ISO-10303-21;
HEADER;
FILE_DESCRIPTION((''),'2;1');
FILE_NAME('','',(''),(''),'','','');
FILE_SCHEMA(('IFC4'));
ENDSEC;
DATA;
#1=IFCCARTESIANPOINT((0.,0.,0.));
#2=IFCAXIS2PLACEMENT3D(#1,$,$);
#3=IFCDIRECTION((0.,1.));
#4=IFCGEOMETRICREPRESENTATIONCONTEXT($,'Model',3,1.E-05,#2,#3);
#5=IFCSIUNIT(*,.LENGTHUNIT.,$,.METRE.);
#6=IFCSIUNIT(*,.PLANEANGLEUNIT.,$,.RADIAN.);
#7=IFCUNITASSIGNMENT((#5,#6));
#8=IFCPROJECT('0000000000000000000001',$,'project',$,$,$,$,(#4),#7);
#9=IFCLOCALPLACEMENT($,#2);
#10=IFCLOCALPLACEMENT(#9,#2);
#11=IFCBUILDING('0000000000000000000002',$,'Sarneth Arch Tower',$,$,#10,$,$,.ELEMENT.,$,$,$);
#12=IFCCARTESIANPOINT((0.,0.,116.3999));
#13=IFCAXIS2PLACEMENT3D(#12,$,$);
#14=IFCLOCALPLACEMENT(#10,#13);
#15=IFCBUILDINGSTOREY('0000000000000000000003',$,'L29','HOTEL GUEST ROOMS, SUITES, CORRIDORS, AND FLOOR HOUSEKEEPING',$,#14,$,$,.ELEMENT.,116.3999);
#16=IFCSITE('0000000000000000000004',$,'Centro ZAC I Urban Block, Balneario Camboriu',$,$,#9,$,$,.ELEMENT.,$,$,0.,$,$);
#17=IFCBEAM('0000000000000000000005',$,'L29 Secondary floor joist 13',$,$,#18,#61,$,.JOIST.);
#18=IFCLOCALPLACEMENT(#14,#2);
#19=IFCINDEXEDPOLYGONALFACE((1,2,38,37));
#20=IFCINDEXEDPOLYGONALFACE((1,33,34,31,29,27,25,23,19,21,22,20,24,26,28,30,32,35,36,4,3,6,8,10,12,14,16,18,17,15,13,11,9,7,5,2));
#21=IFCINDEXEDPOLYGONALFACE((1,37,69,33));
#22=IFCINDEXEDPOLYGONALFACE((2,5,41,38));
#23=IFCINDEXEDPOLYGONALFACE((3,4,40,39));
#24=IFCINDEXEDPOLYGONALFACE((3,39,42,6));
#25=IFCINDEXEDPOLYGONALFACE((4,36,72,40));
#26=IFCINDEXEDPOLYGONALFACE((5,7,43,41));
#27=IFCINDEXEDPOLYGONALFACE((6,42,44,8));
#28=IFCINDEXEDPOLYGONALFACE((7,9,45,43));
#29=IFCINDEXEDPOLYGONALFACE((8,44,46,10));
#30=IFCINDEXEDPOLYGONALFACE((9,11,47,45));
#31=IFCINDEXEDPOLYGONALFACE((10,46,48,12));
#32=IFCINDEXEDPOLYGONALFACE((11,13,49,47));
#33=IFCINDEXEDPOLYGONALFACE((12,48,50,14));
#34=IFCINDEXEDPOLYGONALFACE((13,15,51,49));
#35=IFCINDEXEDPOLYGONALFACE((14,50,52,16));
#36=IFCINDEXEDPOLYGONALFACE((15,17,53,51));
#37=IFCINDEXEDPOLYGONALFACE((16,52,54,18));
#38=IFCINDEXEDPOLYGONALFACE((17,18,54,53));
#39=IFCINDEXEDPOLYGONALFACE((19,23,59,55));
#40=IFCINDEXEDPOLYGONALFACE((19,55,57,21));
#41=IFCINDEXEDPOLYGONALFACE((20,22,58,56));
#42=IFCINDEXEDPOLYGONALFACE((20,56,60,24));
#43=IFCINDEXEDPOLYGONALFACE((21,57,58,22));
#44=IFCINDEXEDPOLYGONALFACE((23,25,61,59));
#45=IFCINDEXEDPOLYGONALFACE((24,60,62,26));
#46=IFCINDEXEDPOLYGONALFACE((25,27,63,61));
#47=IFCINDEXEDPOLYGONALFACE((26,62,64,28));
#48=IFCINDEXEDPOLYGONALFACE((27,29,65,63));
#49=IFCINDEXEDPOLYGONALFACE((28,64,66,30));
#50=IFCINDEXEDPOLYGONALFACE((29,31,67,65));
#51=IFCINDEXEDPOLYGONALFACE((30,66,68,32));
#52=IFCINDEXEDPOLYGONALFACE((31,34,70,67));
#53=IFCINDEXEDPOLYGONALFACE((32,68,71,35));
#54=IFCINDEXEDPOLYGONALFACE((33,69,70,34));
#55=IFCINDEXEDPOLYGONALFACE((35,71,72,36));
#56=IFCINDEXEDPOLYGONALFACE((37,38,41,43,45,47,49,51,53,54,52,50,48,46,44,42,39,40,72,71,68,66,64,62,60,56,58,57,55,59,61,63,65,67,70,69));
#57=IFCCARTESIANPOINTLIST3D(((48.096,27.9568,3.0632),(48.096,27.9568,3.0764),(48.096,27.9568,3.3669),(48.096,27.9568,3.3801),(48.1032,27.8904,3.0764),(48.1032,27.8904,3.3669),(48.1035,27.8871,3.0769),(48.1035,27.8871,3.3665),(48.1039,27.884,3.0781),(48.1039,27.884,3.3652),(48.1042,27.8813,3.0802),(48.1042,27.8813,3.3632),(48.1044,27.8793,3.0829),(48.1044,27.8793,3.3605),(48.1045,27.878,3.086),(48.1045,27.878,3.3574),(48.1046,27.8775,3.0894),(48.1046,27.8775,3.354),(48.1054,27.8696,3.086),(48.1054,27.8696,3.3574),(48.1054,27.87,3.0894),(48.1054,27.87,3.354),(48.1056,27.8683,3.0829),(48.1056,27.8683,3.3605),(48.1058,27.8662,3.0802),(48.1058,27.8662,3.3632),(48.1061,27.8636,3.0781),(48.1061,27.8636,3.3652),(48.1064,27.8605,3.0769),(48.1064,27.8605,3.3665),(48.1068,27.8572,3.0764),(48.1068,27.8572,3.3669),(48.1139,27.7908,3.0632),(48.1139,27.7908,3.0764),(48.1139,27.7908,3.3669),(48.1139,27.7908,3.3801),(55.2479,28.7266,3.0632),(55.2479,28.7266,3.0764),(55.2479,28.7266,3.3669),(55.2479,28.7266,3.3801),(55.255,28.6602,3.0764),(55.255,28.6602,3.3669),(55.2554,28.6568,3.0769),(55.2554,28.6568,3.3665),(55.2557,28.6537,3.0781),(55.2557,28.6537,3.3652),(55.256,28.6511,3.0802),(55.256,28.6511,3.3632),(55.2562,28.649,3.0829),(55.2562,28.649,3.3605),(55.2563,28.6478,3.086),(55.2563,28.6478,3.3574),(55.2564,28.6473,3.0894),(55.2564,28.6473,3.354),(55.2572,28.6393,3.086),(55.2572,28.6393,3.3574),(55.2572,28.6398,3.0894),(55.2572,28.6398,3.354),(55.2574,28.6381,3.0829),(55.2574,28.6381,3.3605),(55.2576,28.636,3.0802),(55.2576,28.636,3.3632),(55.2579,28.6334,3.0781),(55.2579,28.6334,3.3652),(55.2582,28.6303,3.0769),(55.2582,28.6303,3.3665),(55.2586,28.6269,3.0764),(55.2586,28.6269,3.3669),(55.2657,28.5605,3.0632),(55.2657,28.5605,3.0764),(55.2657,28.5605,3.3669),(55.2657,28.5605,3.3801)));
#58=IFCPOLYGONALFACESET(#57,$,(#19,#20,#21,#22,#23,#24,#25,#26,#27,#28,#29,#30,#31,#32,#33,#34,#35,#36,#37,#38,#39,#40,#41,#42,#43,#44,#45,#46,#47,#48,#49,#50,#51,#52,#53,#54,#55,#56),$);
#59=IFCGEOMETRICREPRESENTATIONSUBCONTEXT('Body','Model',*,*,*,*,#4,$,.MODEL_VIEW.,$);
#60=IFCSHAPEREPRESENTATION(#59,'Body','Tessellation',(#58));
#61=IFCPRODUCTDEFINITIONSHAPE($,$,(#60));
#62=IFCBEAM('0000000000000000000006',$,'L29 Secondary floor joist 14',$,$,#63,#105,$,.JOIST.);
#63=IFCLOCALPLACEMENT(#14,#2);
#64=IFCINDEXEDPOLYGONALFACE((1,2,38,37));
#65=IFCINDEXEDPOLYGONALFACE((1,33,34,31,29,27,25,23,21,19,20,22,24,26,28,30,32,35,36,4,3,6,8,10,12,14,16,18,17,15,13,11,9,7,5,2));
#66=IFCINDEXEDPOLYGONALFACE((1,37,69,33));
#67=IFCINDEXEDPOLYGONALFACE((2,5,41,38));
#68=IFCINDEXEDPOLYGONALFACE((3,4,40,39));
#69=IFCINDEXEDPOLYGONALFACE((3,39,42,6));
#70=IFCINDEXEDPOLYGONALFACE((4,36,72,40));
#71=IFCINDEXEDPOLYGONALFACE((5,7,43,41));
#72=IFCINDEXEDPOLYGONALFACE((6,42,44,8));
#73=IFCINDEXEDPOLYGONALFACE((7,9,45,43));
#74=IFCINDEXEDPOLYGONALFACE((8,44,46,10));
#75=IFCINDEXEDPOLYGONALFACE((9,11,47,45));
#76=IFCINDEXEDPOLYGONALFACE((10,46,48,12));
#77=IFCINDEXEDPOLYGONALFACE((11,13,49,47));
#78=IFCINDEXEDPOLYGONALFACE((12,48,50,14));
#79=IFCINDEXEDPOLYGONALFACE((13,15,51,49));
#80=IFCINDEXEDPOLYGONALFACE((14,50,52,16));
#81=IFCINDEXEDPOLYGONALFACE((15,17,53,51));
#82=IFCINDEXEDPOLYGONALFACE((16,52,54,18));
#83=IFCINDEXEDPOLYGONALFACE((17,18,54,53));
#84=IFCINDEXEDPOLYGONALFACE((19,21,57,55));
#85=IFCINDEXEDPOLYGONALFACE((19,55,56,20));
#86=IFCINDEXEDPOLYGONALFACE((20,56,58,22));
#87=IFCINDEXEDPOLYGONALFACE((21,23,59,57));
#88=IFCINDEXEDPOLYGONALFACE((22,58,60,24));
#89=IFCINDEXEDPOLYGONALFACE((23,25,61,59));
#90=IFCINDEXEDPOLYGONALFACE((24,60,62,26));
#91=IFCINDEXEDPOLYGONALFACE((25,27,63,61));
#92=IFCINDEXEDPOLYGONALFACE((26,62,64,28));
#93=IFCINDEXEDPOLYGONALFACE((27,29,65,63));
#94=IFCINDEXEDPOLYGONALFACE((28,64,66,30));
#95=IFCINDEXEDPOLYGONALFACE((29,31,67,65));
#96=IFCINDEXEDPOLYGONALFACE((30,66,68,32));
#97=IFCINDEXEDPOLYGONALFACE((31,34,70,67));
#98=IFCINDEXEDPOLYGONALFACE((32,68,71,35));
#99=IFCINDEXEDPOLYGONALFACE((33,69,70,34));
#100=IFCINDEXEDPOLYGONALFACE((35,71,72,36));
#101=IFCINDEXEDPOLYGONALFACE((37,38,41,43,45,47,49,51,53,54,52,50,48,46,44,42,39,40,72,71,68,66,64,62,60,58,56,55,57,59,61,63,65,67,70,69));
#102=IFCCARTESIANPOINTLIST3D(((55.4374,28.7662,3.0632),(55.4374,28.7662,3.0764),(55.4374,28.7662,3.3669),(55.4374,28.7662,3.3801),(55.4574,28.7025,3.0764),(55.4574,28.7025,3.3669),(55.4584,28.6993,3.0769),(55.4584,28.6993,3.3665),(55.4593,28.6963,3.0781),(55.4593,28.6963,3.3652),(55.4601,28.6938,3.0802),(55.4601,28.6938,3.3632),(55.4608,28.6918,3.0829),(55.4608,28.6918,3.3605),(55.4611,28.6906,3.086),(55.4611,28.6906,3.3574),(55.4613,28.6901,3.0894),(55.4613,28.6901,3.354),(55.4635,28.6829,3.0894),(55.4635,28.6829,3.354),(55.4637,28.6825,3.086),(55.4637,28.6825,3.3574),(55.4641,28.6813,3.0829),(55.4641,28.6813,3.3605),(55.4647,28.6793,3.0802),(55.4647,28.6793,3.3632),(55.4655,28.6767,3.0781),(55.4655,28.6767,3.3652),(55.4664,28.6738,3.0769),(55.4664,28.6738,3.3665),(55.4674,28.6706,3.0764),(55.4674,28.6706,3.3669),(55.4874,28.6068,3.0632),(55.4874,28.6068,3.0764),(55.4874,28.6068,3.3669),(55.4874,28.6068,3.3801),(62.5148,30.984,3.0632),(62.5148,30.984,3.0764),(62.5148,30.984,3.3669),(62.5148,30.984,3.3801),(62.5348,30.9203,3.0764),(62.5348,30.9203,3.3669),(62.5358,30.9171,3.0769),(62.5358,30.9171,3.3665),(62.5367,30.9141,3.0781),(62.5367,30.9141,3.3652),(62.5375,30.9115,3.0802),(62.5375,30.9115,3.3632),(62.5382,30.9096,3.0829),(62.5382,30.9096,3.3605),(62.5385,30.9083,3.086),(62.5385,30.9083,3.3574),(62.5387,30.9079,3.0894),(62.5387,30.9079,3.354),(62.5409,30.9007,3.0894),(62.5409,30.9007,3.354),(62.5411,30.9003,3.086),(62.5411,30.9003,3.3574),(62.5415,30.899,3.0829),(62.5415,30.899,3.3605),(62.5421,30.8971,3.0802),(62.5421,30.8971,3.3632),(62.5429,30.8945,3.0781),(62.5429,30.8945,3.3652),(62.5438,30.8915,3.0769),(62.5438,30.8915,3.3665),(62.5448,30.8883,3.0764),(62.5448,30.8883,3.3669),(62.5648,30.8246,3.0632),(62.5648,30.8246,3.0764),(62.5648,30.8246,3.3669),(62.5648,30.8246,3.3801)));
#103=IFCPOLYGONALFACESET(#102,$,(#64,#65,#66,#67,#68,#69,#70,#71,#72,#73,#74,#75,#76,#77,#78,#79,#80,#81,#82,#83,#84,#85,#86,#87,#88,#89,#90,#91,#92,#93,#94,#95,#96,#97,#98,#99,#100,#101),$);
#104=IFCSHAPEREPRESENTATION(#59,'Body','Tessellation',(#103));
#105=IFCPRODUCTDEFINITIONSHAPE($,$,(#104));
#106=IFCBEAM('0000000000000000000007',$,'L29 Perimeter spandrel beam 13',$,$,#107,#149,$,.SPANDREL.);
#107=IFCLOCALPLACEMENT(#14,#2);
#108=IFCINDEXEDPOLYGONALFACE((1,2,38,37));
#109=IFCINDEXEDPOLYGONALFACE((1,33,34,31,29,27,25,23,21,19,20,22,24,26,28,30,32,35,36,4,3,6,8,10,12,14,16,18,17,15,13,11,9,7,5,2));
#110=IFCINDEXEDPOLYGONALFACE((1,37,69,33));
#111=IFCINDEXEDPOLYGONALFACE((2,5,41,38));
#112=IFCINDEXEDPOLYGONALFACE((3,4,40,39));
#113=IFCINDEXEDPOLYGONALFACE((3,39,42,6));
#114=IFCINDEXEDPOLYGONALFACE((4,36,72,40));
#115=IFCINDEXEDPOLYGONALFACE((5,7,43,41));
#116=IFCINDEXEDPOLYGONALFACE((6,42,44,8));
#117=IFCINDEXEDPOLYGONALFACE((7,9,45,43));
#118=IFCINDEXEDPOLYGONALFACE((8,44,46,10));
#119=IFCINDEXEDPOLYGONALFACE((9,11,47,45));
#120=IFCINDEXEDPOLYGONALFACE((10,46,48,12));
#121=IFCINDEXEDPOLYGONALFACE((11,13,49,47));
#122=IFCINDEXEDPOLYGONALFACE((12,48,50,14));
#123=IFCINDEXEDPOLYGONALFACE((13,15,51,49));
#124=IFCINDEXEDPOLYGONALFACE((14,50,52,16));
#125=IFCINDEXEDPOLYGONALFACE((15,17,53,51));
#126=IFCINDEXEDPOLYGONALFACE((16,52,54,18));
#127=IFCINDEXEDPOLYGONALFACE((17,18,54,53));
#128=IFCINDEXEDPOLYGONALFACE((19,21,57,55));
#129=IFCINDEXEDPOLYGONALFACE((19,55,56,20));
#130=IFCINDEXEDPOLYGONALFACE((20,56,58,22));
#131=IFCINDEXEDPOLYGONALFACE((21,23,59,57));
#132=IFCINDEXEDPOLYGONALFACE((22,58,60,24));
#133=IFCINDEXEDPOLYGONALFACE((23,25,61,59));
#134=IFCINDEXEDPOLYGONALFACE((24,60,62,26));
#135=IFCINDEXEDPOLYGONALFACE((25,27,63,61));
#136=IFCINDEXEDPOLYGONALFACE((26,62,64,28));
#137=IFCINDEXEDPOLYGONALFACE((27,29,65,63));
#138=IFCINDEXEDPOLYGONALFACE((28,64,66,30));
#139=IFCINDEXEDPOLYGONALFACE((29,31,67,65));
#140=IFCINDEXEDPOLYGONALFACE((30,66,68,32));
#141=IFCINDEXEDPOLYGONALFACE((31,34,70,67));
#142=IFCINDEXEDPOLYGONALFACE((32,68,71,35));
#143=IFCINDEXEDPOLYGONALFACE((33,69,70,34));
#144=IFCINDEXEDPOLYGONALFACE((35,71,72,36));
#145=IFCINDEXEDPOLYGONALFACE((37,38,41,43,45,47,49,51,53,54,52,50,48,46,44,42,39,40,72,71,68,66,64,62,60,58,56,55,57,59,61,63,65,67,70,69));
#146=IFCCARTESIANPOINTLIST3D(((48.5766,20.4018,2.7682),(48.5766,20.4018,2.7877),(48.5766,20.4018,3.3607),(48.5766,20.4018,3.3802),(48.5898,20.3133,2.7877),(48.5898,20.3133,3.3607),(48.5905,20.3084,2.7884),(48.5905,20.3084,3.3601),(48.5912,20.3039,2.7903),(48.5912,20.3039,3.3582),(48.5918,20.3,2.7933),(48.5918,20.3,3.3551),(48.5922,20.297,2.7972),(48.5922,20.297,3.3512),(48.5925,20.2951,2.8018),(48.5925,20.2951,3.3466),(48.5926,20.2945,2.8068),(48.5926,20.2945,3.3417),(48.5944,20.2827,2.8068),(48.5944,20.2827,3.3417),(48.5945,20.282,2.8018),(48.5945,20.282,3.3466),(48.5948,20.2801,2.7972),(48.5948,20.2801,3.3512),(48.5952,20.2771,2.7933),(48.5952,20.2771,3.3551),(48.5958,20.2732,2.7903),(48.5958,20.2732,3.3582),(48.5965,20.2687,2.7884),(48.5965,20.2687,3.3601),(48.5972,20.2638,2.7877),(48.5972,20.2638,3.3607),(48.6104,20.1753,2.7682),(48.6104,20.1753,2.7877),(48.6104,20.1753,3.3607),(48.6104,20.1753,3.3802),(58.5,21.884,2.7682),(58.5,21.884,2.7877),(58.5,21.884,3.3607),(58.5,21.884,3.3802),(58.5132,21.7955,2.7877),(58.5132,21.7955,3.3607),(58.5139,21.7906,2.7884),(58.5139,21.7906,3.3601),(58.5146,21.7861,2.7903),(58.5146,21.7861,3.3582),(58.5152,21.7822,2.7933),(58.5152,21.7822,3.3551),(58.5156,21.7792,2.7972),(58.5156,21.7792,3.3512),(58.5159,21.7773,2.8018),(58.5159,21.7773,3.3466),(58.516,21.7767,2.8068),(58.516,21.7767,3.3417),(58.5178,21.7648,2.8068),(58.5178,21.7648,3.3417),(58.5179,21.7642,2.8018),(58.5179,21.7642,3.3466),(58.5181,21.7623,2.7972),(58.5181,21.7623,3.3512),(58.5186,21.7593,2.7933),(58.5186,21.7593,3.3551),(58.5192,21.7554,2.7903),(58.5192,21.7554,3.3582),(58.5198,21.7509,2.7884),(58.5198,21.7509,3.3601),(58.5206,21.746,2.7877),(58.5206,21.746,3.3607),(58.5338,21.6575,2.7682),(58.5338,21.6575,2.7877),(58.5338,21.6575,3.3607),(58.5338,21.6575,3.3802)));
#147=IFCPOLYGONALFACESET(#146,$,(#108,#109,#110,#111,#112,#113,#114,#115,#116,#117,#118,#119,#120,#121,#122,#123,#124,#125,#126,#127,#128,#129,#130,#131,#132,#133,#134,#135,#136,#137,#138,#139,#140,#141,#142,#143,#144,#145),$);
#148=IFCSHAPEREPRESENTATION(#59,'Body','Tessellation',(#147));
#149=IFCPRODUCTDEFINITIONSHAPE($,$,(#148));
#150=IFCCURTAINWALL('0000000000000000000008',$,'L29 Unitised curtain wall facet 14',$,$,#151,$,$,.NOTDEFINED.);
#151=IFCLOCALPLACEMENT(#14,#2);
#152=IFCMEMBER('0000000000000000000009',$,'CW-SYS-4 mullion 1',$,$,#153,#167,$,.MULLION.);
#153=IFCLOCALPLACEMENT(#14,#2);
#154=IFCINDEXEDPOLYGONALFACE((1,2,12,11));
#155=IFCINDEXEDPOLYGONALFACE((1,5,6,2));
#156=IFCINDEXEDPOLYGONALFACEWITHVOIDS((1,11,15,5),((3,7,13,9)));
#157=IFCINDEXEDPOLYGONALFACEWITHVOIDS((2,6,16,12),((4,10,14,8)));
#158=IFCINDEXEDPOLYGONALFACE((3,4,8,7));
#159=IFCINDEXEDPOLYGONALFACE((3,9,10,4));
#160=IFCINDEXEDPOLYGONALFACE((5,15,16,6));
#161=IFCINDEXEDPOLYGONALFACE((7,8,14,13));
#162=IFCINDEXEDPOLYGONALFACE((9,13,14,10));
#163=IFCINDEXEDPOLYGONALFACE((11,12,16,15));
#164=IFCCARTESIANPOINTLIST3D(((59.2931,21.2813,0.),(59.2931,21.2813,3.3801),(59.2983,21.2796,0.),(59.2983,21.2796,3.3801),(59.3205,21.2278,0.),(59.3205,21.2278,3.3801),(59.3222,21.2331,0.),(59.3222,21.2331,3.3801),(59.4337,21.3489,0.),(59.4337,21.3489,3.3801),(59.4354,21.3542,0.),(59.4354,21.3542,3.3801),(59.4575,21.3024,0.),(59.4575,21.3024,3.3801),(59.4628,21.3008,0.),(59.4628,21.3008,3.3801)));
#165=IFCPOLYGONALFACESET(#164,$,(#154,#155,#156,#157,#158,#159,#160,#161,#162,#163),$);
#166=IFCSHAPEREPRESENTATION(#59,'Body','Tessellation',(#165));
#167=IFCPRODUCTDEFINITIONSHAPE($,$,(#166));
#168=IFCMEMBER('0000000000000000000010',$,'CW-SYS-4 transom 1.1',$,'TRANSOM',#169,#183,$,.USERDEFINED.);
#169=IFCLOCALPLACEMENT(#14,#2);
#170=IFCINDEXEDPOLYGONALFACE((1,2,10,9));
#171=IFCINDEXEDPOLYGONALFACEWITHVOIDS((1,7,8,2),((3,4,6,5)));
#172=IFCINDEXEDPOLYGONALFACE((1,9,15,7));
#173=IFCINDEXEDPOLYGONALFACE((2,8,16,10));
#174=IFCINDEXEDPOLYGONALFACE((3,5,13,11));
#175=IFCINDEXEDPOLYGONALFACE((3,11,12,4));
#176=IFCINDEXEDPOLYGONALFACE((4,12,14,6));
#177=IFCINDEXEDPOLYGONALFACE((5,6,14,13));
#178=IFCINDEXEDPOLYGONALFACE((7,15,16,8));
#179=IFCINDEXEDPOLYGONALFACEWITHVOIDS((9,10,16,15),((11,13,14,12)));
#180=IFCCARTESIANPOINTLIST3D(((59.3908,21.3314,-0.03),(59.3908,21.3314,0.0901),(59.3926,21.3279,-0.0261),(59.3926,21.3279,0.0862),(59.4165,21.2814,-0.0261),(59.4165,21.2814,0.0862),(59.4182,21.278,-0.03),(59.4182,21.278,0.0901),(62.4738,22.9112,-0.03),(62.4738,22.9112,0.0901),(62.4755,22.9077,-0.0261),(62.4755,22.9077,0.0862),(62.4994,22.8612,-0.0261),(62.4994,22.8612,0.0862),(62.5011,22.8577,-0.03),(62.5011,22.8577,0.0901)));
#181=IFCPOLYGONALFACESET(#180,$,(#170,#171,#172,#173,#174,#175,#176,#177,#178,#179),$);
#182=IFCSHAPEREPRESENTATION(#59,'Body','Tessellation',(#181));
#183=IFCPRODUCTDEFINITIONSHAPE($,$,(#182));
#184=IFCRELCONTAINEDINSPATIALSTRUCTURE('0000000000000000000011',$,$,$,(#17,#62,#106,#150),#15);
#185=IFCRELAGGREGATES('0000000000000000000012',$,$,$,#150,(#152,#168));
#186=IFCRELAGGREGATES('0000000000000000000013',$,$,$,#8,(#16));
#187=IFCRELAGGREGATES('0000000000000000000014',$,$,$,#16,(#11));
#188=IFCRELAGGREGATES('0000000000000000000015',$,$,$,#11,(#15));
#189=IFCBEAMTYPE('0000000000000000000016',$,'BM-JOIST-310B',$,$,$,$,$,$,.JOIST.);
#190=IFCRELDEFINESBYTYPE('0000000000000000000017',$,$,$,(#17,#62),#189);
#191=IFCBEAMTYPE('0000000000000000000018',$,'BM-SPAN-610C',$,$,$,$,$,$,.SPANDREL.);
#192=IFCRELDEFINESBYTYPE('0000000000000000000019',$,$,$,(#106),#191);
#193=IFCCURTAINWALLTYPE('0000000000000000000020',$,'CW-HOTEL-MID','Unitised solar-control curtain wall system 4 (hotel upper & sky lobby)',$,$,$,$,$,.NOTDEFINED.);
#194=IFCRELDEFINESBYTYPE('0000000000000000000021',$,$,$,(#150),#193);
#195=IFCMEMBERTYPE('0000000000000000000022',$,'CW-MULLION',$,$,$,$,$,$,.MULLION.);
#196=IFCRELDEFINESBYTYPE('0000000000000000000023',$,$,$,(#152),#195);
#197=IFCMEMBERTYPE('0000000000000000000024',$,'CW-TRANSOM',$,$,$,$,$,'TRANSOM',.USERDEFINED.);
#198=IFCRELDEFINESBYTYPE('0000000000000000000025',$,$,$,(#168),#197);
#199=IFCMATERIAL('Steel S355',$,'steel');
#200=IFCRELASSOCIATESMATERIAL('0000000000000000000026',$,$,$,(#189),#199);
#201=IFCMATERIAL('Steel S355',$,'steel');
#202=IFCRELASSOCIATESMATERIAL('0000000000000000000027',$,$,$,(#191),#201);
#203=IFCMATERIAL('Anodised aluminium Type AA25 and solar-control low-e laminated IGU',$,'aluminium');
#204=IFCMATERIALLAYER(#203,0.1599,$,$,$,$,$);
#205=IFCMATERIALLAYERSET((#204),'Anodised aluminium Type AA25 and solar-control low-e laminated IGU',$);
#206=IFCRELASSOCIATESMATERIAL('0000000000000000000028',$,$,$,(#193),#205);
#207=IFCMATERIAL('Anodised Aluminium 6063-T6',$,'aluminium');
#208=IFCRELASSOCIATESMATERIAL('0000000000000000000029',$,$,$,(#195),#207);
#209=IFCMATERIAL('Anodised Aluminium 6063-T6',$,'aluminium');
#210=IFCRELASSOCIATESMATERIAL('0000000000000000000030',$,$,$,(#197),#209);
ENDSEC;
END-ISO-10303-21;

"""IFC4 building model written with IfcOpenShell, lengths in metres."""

from ifc_helpers import new_model, si_unit, direction, frame, origin, origin_2d, place, context, subcontext, project, spatial, hollow_rectangle, i_section, extrude, material, layer, layer_set, material_profile, profile_set, type_object, element, aggregate, save


model = new_model("IFC4")

# Units and contexts
model_context = context("Model", 3, precision=1e-05, world=origin(), true_north=direction((0.0, 1.0)))
body_context = subcontext(model_context, "Body", "Model", "MODEL_VIEW")
ifc_project = project(units=[si_unit("LENGTHUNIT", "METRE"), si_unit("PLANEANGLEUNIT", "RADIAN")], contexts=[model_context])

# Site, building, storey
site_placement = place(None, origin())
site = spatial("IfcSite", under=ifc_project, at=site_placement, Name="Centro ZAC I Urban Block, Balneario Camboriu", CompositionType="ELEMENT", RefElevation=0.0)
building_placement = place(site_placement, origin())
building = spatial("IfcBuilding", under=site, at=building_placement, Name="Sarneth Arch Tower", CompositionType="ELEMENT")
storey_placement = place(building_placement, frame((0.0, 0.0, 116.3999)))
storey = spatial("IfcBuildingStorey", under=building, at=storey_placement, Name="L29", Description="HOTEL GUEST ROOMS, SUITES, CORRIDORS, AND FLOOR HOUSEKEEPING", CompositionType="ELEMENT", Elevation=116.3999)

# Beams
ifc_material_1 = material(Name="Steel S355", Category="steel")
ifc_material_profile_1 = material_profile(ifc_material_1, i_section(OverallWidth=0.167, OverallDepth=0.3169, WebThickness=0.0076, FlangeThickness=0.0132, FilletRadius=0.0129, at=origin_2d()), Name="W310x52")
ifc_profile_set_1 = profile_set([ifc_material_profile_1], Name="Steel S355")
beam_type_1 = type_object("IfcBeamType", Name="BM-JOIST-310B", PredefinedType="JOIST", material=ifc_profile_set_1)
beam_1_placement = place(storey_placement, frame((48.105, 27.8738, 3.2217), z_axis=(0.994257, 0.107015, 0.0), x_axis=(-0.107015, 0.994257, 0.0)))
element("IfcBeam", 1, at=beam_1_placement, inside=storey, type_object=beam_type_1, Name="L29 Secondary floor joist 13", PredefinedType="JOIST", context=body_context, shape_type="SweptSolid", body=[
    extrude(i_section(OverallWidth=0.167, OverallDepth=0.3169, WebThickness=0.0076, FlangeThickness=0.0132, FilletRadius=0.0129, at=origin_2d()), origin(), (0.0, 0.0, 1.0), 7.1931),
])
beam_2_placement = place(storey_placement, frame((55.4624, 28.6865, 3.2217), z_axis=(0.954246, 0.299023, 0.0), x_axis=(-0.299023, 0.954246, 0.0)))
element("IfcBeam", 2, at=beam_2_placement, inside=storey, type_object=beam_type_1, Name="L29 Secondary floor joist 14", PredefinedType="JOIST", context=body_context, shape_type="SweptSolid", body=[
    extrude(i_section(OverallWidth=0.167, OverallDepth=0.3169, WebThickness=0.0076, FlangeThickness=0.0132, FilletRadius=0.0129, at=origin_2d()), origin(), (0.0, 0.0, 1.0), 7.4167),
])
ifc_material_2 = material(Name="Steel S355", Category="steel")
ifc_material_profile_2 = material_profile(ifc_material_2, i_section(OverallWidth=0.229, OverallDepth=0.6121, WebThickness=0.012, FlangeThickness=0.0195, FilletRadius=0.019, at=origin_2d()), Name="W610x125")
ifc_profile_set_2 = profile_set([ifc_material_profile_2], Name="Steel S355")
beam_type_2 = type_object("IfcBeamType", Name="BM-SPAN-610C", PredefinedType="SPANDREL", material=ifc_profile_set_2)
beam_3_placement = place(storey_placement, frame((48.5935, 20.2886, 3.0742), z_axis=(0.989029, 0.147724, 0.0), x_axis=(-0.147724, 0.989029, 0.0)))
element("IfcBeam", 3, at=beam_3_placement, inside=storey, type_object=beam_type_2, Name="L29 Perimeter spandrel beam 13", PredefinedType="SPANDREL", context=body_context, shape_type="SweptSolid", body=[
    extrude(i_section(OverallWidth=0.229, OverallDepth=0.6121, WebThickness=0.012, FlangeThickness=0.0195, FilletRadius=0.019, at=origin_2d()), origin(), (0.0, 0.0, 1.0), 10.0334),
])

# Curtain wall, members
ifc_material_3 = material(Name="Anodised aluminium Type AA25 and solar-control low-e laminated IGU", Category="aluminium")
ifc_layer_1 = layer(ifc_material_3, 0.1599)
ifc_layer_set_1 = layer_set([ifc_layer_1], Name="Anodised aluminium Type AA25 and solar-control low-e laminated IGU")
curtain_wall_type = type_object("IfcCurtainWallType", Name="CW-HOTEL-MID", Description="Unitised solar-control curtain wall system 4 (hotel upper & sky lobby)", PredefinedType="NOTDEFINED", material=ifc_layer_set_1)
curtain_wall_placement = place(storey_placement, origin())
curtain_wall = element("IfcCurtainWall", 4, at=curtain_wall_placement, inside=storey, type_object=curtain_wall_type, Name="L29 Unitised curtain wall facet 14", PredefinedType="NOTDEFINED")
ifc_material_4 = material(Name="Anodised Aluminium 6063-T6", Category="aluminium")
ifc_material_profile_3 = material_profile(ifc_material_4, hollow_rectangle(XDim=0.0601, YDim=0.1599, WallThickness=0.0039, at=origin_2d()), Name="AL-MULL-160x60x4")
ifc_profile_set_3 = profile_set([ifc_material_profile_3], Name="Anodised Aluminium 6063-T6")
member_type_1 = type_object("IfcMemberType", Name="CW-MULLION", PredefinedType="MULLION", material=ifc_profile_set_3)
member_1_placement = place(storey_placement, frame((59.3779, 21.291, 0.0), z_axis=(0.0, 0.0, 1.0), x_axis=(-0.456031, 0.889964, 0.0)))
member_1 = element("IfcMember", 5, at=member_1_placement, type_object=member_type_1, Name="CW-SYS-4 mullion 1", PredefinedType="MULLION", context=body_context, shape_type="SweptSolid", body=[
    extrude(hollow_rectangle(XDim=0.0601, YDim=0.1599, WallThickness=0.0039, at=origin_2d()), origin(), (0.0, 0.0, 1.0), 3.3801),
])
ifc_material_5 = material(Name="Anodised Aluminium 6063-T6", Category="aluminium")
ifc_material_profile_4 = material_profile(ifc_material_5, hollow_rectangle(XDim=0.0601, YDim=0.1201, WallThickness=0.0039, at=origin_2d()), Name="AL-TRAN-120x60x4")
ifc_profile_set_4 = profile_set([ifc_material_profile_4], Name="Anodised Aluminium 6063-T6")
member_type_2 = type_object("IfcMemberType", Name="CW-TRANSOM", ElementType="TRANSOM", PredefinedType="USERDEFINED", material=ifc_profile_set_4)
member_2_placement = place(storey_placement, frame((59.4045, 21.3047, 0.03), z_axis=(0.889958, 0.456043, 0.0), x_axis=(-0.456043, 0.889958, 0.0)))
member_2 = element("IfcMember", 6, at=member_2_placement, type_object=member_type_2, Name="CW-SYS-4 transom 1.1", ObjectType="TRANSOM", PredefinedType="USERDEFINED", context=body_context, shape_type="SweptSolid", body=[
    extrude(hollow_rectangle(XDim=0.0601, YDim=0.1201, WallThickness=0.0039, at=origin_2d()), origin(), (0.0, 0.0, 1.0), 3.4641),
])
aggregate(curtain_wall, [member_1, member_2])

save(model, "model.ifc")
